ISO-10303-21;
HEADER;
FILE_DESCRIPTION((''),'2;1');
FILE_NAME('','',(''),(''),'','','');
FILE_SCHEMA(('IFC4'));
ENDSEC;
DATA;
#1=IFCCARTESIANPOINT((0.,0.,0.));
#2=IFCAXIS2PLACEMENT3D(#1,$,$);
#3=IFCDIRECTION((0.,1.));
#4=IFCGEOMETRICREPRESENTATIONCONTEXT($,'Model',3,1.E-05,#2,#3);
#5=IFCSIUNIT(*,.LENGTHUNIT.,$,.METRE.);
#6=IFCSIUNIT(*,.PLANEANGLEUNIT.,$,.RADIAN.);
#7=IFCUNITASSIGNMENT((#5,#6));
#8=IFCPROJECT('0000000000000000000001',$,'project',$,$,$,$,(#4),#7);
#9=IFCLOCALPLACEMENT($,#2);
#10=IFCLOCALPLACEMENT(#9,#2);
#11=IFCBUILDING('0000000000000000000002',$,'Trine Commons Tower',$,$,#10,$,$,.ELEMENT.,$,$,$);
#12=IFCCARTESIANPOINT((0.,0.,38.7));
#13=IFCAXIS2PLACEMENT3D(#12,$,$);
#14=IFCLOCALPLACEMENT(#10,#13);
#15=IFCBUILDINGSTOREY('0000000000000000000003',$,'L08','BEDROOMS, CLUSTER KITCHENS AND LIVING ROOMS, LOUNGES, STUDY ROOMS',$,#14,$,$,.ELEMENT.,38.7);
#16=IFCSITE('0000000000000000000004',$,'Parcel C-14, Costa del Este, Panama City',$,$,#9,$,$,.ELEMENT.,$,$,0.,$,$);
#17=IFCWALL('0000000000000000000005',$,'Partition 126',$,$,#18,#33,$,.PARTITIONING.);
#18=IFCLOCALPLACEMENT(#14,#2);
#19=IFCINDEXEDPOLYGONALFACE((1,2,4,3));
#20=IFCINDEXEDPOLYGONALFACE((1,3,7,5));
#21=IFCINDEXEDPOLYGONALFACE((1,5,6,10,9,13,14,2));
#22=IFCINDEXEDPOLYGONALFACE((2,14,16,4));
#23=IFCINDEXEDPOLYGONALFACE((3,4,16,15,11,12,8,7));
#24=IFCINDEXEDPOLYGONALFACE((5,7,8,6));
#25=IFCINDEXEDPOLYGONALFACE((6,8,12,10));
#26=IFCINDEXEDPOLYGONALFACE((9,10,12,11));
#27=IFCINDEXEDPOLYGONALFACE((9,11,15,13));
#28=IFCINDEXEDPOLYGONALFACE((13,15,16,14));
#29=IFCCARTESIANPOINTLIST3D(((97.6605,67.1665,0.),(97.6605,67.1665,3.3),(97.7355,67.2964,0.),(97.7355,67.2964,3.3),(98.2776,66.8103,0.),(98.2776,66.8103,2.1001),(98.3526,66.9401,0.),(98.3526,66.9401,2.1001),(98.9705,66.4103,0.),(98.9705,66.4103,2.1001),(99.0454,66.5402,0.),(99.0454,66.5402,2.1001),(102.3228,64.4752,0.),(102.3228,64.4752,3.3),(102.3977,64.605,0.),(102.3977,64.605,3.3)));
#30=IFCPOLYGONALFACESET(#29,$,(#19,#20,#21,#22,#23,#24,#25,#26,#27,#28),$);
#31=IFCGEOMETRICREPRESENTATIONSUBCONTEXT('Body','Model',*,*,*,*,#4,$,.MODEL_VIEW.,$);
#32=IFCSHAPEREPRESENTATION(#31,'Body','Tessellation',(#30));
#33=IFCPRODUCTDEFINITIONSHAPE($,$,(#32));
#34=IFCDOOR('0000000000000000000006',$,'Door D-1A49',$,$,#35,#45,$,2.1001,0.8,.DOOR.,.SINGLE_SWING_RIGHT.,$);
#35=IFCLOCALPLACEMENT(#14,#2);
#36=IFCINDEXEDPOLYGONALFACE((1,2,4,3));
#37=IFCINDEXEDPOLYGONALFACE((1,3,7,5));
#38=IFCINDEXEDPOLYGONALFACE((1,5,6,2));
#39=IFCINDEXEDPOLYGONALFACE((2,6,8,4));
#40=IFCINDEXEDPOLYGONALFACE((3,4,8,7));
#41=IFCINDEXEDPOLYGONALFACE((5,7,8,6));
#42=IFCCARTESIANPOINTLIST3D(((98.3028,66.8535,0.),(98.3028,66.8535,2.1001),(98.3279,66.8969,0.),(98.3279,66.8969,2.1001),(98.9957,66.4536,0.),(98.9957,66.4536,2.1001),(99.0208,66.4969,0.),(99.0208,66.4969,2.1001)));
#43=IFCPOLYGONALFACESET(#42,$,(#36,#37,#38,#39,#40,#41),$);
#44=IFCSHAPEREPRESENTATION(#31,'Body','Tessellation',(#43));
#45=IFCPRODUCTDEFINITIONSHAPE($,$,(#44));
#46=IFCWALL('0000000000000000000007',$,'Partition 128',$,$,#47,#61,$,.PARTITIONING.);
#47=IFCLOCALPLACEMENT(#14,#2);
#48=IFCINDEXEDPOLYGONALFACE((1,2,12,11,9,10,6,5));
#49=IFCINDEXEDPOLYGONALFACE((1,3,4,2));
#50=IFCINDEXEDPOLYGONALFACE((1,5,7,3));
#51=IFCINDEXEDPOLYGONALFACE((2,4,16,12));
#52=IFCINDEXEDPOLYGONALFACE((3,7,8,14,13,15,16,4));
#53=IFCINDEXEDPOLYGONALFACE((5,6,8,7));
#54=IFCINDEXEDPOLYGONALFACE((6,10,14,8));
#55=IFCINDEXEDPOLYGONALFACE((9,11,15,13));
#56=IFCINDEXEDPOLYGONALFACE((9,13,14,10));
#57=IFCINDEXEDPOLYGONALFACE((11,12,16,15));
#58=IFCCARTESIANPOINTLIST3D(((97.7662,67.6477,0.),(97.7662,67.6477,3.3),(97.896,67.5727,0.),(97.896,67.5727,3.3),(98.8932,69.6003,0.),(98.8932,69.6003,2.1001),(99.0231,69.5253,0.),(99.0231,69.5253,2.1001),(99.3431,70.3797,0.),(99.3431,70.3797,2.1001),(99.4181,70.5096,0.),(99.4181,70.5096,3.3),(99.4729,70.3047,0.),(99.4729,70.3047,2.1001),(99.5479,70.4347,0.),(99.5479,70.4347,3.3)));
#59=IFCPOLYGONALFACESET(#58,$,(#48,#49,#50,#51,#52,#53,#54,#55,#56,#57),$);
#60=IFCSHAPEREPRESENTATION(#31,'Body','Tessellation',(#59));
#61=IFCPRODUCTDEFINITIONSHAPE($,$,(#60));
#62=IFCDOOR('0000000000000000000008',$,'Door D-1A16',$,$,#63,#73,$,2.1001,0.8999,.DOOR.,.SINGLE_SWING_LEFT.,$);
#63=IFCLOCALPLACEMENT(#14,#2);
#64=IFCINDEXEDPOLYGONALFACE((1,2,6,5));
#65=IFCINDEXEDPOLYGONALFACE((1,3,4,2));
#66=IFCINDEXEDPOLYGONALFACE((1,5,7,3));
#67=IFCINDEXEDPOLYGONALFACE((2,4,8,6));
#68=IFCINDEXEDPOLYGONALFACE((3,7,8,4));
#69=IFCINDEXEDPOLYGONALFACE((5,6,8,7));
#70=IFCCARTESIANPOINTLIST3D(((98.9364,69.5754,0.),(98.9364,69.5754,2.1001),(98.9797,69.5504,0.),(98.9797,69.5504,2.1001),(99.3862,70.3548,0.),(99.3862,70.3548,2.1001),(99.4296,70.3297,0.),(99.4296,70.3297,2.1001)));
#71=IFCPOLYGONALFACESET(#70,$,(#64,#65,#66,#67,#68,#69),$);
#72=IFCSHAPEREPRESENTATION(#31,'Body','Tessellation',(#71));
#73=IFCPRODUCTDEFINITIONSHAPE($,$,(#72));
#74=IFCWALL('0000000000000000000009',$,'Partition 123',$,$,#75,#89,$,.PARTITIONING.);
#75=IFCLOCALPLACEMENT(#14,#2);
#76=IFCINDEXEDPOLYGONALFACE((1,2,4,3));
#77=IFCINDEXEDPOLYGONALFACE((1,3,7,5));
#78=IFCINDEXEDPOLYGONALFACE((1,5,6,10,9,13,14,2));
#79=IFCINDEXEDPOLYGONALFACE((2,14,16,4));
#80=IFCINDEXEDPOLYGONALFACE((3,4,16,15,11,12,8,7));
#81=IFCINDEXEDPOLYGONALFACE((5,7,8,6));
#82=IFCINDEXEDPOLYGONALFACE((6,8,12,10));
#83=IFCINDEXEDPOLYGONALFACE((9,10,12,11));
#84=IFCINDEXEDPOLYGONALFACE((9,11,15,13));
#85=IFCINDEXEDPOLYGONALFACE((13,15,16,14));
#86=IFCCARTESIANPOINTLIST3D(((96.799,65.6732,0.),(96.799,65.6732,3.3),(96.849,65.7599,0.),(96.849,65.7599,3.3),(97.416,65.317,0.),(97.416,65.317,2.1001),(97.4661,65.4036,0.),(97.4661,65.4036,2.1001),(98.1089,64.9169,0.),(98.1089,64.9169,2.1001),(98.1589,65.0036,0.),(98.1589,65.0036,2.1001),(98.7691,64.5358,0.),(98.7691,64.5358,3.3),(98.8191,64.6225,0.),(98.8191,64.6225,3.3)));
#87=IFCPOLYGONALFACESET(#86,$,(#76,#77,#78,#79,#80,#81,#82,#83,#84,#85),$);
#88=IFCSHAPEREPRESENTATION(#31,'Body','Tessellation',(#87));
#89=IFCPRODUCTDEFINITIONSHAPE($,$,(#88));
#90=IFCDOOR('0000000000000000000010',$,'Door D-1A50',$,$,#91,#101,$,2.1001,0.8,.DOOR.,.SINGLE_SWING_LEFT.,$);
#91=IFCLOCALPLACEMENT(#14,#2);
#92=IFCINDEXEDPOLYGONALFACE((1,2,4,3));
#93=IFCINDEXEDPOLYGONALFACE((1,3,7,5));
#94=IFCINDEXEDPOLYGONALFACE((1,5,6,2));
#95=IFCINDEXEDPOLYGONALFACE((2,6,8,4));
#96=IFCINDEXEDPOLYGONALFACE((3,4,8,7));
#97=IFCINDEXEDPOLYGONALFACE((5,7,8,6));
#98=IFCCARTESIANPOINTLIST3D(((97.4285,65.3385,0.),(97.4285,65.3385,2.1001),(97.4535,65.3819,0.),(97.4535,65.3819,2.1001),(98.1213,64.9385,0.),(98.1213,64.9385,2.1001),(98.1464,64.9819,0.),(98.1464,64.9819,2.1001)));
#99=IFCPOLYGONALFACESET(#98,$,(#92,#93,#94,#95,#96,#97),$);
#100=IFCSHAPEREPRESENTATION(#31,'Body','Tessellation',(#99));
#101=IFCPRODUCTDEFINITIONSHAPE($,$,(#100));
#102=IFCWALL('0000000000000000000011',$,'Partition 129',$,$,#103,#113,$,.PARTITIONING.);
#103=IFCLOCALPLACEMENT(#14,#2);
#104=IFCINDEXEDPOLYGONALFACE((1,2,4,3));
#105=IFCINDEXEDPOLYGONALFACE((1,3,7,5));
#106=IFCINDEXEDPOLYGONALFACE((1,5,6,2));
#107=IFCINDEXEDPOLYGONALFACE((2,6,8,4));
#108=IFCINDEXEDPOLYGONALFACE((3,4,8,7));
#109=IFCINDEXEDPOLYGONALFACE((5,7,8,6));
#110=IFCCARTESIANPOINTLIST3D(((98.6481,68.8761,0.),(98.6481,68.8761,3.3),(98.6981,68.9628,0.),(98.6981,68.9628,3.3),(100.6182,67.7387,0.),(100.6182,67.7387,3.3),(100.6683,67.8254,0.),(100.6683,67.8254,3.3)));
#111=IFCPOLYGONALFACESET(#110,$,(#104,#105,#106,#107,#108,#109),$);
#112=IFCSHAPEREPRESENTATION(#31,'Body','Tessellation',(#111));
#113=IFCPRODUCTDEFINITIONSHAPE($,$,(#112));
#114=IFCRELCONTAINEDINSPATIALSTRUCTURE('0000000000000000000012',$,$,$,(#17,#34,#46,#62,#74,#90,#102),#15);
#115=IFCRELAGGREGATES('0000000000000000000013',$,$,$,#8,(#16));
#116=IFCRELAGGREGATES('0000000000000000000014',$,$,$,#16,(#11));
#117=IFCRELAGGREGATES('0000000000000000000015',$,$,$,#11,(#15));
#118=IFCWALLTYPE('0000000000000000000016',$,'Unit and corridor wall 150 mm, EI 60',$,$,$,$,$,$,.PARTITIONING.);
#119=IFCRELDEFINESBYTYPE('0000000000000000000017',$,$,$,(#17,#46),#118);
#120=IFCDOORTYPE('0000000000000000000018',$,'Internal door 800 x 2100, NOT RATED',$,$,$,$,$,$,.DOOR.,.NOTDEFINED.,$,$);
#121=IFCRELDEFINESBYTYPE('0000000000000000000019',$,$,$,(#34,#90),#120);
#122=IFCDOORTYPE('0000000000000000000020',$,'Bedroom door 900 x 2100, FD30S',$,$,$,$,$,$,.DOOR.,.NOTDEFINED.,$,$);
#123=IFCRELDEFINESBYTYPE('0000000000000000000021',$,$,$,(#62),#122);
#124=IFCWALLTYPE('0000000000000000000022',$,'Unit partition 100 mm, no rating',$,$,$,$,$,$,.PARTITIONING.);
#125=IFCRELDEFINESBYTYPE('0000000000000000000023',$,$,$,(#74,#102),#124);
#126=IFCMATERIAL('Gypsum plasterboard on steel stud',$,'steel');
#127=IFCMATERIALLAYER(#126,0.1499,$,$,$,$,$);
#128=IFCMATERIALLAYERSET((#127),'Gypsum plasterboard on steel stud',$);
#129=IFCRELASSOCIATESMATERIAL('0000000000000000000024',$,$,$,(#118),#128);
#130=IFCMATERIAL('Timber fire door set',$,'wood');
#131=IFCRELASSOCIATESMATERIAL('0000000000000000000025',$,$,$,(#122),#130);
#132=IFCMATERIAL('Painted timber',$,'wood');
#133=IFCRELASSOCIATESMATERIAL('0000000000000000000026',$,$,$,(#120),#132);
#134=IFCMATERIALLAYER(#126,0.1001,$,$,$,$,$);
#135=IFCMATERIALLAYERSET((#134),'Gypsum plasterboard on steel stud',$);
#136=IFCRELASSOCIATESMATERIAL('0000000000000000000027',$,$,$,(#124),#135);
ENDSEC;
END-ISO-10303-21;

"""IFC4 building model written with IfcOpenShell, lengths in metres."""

from ifc_helpers import new_model, si_unit, direction, frame, frame_2d, origin, place, context, subcontext, project, spatial, rectangle, extrude, material, layer, layer_set, type_object, element, fill, save


model = new_model("IFC4")

# Units and contexts
model_context = context("Model", 3, precision=1e-05, world=origin(), true_north=direction((0.0, 1.0)))
body_context = subcontext(model_context, "Body", "Model", "MODEL_VIEW")
ifc_project = project(units=[si_unit("LENGTHUNIT", "METRE"), si_unit("PLANEANGLEUNIT", "RADIAN")], contexts=[model_context])

# Site, building, storey
site_placement = place(None, origin())
site = spatial("IfcSite", under=ifc_project, at=site_placement, Name="Parcel C-14, Costa del Este, Panama City", CompositionType="ELEMENT", RefElevation=0.0)
building_placement = place(site_placement, origin())
building = spatial("IfcBuilding", under=site, at=building_placement, Name="Trine Commons Tower", CompositionType="ELEMENT")
storey_placement = place(building_placement, frame((0.0, 0.0, 38.7)))
storey = spatial("IfcBuildingStorey", under=building, at=storey_placement, Name="L08", Description="BEDROOMS, CLUSTER KITCHENS AND LIVING ROOMS, LOUNGES, STUDY ROOMS", CompositionType="ELEMENT", Elevation=38.7)

# Shared definitions
ifc_material_1 = material(Name="Gypsum plasterboard on steel stud", Category="steel")
ifc_layer_1 = layer(ifc_material_1, 0.1499)
ifc_layer_set_1 = layer_set([ifc_layer_1], Name="Gypsum plasterboard on steel stud")
wall_type_1 = type_object("IfcWallType", Name="Unit and corridor wall 150 mm, EI 60", PredefinedType="PARTITIONING", material=ifc_layer_set_1)

# Shared definitions
ifc_material_2 = material(Name="Timber fire door set", Category="wood")
door_type_1 = type_object("IfcDoorType", Name="Bedroom door 900 x 2100, FD30S", OperationType="NOTDEFINED", PredefinedType="DOOR", material=ifc_material_2)

# Walls, openings, doors
wall_1_placement = place(storey_placement, frame((97.698, 67.2314, 0.0), z_axis=(0.0, 0.0, 1.0), x_axis=(0.866058, -0.499944, 0.0)))
wall_1 = element("IfcWall", 1, at=wall_1_placement, inside=storey, type_object=wall_type_1, Name="Partition 126", PredefinedType="PARTITIONING", context=body_context, shape_type="SweptSolid", body=[
    extrude(rectangle(XDim=5.3833, YDim=0.1499, at=frame_2d((2.6917, 0.0))), origin(), (0.0, 0.0, 1.0), 3.3),
])
opening_1_placement = place(wall_1_placement, frame((0.7126, 0.0, 0.0)))
opening_1 = element("IfcOpeningElement", 2, at=opening_1_placement, cuts=wall_1, PredefinedType="OPENING", context=body_context, shape_type="SweptSolid", body=[
    extrude(rectangle(XDim=0.8, YDim=2.1001, at=frame_2d((0.3999, 1.05))), frame((0.0, 0.085, 0.0), z_axis=(0.0, -1.0, 0.0), x_axis=(1.0, 0.0, 0.0)), (0.0, 0.0, 1.0), 0.1699),
])
ifc_material_3 = material(Name="Painted timber", Category="wood")
door_type_2 = type_object("IfcDoorType", Name="Internal door 800 x 2100, NOT RATED", OperationType="NOTDEFINED", PredefinedType="DOOR", material=ifc_material_3)
door_1_placement = place(opening_1_placement, frame((0.8, 0.0, 0.0), z_axis=(0.0, 0.0, 1.0), x_axis=(-1.0, 0.0, 0.0)))
door_1 = element("IfcDoor", 3, at=door_1_placement, inside=storey, type_object=door_type_2, Name="Door D-1A49", OperationType="SINGLE_SWING_RIGHT", OverallHeight=2.1001, OverallWidth=0.8, PredefinedType="DOOR", context=body_context, shape_type="SweptSolid", body=[
    extrude(rectangle(XDim=0.8, YDim=2.1001, at=frame_2d((0.3999, 1.05))), frame((0.0, 0.0249, 0.0), z_axis=(0.0, -1.0, 0.0), x_axis=(1.0, 0.0, 0.0)), (0.0, 0.0, 1.0), 0.05),
])
fill(opening_1, door_1)
wall_2_placement = place(storey_placement, frame((97.8311, 67.6101, 0.0), z_axis=(0.0, 0.0, 1.0), x_axis=(0.499906, 0.86608, 0.0)))
wall_2 = element("IfcWall", 4, at=wall_2_placement, inside=storey, type_object=wall_type_1, Name="Partition 128", PredefinedType="PARTITIONING", context=body_context, shape_type="SweptSolid", body=[
    extrude(rectangle(XDim=3.3044, YDim=0.1499, at=frame_2d((1.6523, 0.0))), origin(), (0.0, 0.0, 1.0), 3.3),
])
opening_2_placement = place(wall_2_placement, frame((2.2546, 0.0, 0.0)))
opening_2 = element("IfcOpeningElement", 5, at=opening_2_placement, cuts=wall_2, PredefinedType="OPENING", context=body_context, shape_type="SweptSolid", body=[
    extrude(rectangle(XDim=0.8999, YDim=2.1001, at=frame_2d((0.45, 1.05))), frame((0.0, 0.085, 0.0), z_axis=(0.0, -1.0, 0.0), x_axis=(1.0, 0.0, 0.0)), (0.0, 0.0, 1.0), 0.1699),
])
door_2_placement = place(opening_2_placement, frame((0.8999, 0.0, 0.0), z_axis=(0.0, 0.0, 1.0), x_axis=(-1.0, 0.0, 0.0)))
door_2 = element("IfcDoor", 6, at=door_2_placement, inside=storey, type_object=door_type_1, Name="Door D-1A16", OperationType="SINGLE_SWING_LEFT", OverallHeight=2.1001, OverallWidth=0.8999, PredefinedType="DOOR", context=body_context, shape_type="SweptSolid", body=[
    extrude(rectangle(XDim=0.8999, YDim=2.1001, at=frame_2d((0.45, 1.05))), frame((0.0, 0.0249, 0.0), z_axis=(0.0, -1.0, 0.0), x_axis=(1.0, 0.0, 0.0)), (0.0, 0.0, 1.0), 0.05),
])
fill(opening_2, door_2)
ifc_layer_2 = layer(ifc_material_1, 0.1001)
ifc_layer_set_2 = layer_set([ifc_layer_2], Name="Gypsum plasterboard on steel stud")
wall_type_2 = type_object("IfcWallType", Name="Unit partition 100 mm, no rating", PredefinedType="PARTITIONING", material=ifc_layer_set_2)
wall_3_placement = place(storey_placement, frame((96.824, 65.7166, 0.0), z_axis=(0.0, 0.0, 1.0), x_axis=(0.866035, -0.499983, 0.0)))
wall_3 = element("IfcWall", 7, at=wall_3_placement, inside=storey, type_object=wall_type_2, Name="Partition 123", PredefinedType="PARTITIONING", context=body_context, shape_type="SweptSolid", body=[
    extrude(rectangle(XDim=2.2749, YDim=0.1001, at=frame_2d((1.1375, 0.0))), origin(), (0.0, 0.0, 1.0), 3.3),
])
opening_3_placement = place(wall_3_placement, frame((0.7126, 0.0, 0.0)))
opening_3 = element("IfcOpeningElement", 8, at=opening_3_placement, cuts=wall_3, PredefinedType="OPENING", context=body_context, shape_type="SweptSolid", body=[
    extrude(rectangle(XDim=0.8, YDim=2.1001, at=frame_2d((0.3999, 1.05))), frame((0.0, 0.0601, 0.0), z_axis=(0.0, -1.0, 0.0), x_axis=(1.0, 0.0, 0.0)), (0.0, 0.0, 1.0), 0.1201),
])
door_3_placement = place(opening_3_placement, origin())
door_3 = element("IfcDoor", 9, at=door_3_placement, inside=storey, type_object=door_type_2, Name="Door D-1A50", OperationType="SINGLE_SWING_LEFT", OverallHeight=2.1001, OverallWidth=0.8, PredefinedType="DOOR", context=body_context, shape_type="SweptSolid", body=[
    extrude(rectangle(XDim=0.8, YDim=2.1001, at=frame_2d((0.3999, 1.05))), frame((0.0, 0.0249, 0.0), z_axis=(0.0, -1.0, 0.0), x_axis=(1.0, 0.0, 0.0)), (0.0, 0.0, 1.0), 0.05),
])
fill(opening_3, door_3)

# Wall
wall_4_placement = place(storey_placement, frame((98.6731, 68.9194, 0.0), z_axis=(0.0, 0.0, 1.0), x_axis=(0.866035, -0.499983, 0.0)))
element("IfcWall", 10, at=wall_4_placement, inside=storey, type_object=wall_type_2, Name="Partition 129", PredefinedType="PARTITIONING", context=body_context, shape_type="SweptSolid", body=[
    extrude(rectangle(XDim=2.2749, YDim=0.1001, at=frame_2d((1.1375, 0.0))), origin(), (0.0, 0.0, 1.0), 3.3),
])

save(model, "model.ifc")
